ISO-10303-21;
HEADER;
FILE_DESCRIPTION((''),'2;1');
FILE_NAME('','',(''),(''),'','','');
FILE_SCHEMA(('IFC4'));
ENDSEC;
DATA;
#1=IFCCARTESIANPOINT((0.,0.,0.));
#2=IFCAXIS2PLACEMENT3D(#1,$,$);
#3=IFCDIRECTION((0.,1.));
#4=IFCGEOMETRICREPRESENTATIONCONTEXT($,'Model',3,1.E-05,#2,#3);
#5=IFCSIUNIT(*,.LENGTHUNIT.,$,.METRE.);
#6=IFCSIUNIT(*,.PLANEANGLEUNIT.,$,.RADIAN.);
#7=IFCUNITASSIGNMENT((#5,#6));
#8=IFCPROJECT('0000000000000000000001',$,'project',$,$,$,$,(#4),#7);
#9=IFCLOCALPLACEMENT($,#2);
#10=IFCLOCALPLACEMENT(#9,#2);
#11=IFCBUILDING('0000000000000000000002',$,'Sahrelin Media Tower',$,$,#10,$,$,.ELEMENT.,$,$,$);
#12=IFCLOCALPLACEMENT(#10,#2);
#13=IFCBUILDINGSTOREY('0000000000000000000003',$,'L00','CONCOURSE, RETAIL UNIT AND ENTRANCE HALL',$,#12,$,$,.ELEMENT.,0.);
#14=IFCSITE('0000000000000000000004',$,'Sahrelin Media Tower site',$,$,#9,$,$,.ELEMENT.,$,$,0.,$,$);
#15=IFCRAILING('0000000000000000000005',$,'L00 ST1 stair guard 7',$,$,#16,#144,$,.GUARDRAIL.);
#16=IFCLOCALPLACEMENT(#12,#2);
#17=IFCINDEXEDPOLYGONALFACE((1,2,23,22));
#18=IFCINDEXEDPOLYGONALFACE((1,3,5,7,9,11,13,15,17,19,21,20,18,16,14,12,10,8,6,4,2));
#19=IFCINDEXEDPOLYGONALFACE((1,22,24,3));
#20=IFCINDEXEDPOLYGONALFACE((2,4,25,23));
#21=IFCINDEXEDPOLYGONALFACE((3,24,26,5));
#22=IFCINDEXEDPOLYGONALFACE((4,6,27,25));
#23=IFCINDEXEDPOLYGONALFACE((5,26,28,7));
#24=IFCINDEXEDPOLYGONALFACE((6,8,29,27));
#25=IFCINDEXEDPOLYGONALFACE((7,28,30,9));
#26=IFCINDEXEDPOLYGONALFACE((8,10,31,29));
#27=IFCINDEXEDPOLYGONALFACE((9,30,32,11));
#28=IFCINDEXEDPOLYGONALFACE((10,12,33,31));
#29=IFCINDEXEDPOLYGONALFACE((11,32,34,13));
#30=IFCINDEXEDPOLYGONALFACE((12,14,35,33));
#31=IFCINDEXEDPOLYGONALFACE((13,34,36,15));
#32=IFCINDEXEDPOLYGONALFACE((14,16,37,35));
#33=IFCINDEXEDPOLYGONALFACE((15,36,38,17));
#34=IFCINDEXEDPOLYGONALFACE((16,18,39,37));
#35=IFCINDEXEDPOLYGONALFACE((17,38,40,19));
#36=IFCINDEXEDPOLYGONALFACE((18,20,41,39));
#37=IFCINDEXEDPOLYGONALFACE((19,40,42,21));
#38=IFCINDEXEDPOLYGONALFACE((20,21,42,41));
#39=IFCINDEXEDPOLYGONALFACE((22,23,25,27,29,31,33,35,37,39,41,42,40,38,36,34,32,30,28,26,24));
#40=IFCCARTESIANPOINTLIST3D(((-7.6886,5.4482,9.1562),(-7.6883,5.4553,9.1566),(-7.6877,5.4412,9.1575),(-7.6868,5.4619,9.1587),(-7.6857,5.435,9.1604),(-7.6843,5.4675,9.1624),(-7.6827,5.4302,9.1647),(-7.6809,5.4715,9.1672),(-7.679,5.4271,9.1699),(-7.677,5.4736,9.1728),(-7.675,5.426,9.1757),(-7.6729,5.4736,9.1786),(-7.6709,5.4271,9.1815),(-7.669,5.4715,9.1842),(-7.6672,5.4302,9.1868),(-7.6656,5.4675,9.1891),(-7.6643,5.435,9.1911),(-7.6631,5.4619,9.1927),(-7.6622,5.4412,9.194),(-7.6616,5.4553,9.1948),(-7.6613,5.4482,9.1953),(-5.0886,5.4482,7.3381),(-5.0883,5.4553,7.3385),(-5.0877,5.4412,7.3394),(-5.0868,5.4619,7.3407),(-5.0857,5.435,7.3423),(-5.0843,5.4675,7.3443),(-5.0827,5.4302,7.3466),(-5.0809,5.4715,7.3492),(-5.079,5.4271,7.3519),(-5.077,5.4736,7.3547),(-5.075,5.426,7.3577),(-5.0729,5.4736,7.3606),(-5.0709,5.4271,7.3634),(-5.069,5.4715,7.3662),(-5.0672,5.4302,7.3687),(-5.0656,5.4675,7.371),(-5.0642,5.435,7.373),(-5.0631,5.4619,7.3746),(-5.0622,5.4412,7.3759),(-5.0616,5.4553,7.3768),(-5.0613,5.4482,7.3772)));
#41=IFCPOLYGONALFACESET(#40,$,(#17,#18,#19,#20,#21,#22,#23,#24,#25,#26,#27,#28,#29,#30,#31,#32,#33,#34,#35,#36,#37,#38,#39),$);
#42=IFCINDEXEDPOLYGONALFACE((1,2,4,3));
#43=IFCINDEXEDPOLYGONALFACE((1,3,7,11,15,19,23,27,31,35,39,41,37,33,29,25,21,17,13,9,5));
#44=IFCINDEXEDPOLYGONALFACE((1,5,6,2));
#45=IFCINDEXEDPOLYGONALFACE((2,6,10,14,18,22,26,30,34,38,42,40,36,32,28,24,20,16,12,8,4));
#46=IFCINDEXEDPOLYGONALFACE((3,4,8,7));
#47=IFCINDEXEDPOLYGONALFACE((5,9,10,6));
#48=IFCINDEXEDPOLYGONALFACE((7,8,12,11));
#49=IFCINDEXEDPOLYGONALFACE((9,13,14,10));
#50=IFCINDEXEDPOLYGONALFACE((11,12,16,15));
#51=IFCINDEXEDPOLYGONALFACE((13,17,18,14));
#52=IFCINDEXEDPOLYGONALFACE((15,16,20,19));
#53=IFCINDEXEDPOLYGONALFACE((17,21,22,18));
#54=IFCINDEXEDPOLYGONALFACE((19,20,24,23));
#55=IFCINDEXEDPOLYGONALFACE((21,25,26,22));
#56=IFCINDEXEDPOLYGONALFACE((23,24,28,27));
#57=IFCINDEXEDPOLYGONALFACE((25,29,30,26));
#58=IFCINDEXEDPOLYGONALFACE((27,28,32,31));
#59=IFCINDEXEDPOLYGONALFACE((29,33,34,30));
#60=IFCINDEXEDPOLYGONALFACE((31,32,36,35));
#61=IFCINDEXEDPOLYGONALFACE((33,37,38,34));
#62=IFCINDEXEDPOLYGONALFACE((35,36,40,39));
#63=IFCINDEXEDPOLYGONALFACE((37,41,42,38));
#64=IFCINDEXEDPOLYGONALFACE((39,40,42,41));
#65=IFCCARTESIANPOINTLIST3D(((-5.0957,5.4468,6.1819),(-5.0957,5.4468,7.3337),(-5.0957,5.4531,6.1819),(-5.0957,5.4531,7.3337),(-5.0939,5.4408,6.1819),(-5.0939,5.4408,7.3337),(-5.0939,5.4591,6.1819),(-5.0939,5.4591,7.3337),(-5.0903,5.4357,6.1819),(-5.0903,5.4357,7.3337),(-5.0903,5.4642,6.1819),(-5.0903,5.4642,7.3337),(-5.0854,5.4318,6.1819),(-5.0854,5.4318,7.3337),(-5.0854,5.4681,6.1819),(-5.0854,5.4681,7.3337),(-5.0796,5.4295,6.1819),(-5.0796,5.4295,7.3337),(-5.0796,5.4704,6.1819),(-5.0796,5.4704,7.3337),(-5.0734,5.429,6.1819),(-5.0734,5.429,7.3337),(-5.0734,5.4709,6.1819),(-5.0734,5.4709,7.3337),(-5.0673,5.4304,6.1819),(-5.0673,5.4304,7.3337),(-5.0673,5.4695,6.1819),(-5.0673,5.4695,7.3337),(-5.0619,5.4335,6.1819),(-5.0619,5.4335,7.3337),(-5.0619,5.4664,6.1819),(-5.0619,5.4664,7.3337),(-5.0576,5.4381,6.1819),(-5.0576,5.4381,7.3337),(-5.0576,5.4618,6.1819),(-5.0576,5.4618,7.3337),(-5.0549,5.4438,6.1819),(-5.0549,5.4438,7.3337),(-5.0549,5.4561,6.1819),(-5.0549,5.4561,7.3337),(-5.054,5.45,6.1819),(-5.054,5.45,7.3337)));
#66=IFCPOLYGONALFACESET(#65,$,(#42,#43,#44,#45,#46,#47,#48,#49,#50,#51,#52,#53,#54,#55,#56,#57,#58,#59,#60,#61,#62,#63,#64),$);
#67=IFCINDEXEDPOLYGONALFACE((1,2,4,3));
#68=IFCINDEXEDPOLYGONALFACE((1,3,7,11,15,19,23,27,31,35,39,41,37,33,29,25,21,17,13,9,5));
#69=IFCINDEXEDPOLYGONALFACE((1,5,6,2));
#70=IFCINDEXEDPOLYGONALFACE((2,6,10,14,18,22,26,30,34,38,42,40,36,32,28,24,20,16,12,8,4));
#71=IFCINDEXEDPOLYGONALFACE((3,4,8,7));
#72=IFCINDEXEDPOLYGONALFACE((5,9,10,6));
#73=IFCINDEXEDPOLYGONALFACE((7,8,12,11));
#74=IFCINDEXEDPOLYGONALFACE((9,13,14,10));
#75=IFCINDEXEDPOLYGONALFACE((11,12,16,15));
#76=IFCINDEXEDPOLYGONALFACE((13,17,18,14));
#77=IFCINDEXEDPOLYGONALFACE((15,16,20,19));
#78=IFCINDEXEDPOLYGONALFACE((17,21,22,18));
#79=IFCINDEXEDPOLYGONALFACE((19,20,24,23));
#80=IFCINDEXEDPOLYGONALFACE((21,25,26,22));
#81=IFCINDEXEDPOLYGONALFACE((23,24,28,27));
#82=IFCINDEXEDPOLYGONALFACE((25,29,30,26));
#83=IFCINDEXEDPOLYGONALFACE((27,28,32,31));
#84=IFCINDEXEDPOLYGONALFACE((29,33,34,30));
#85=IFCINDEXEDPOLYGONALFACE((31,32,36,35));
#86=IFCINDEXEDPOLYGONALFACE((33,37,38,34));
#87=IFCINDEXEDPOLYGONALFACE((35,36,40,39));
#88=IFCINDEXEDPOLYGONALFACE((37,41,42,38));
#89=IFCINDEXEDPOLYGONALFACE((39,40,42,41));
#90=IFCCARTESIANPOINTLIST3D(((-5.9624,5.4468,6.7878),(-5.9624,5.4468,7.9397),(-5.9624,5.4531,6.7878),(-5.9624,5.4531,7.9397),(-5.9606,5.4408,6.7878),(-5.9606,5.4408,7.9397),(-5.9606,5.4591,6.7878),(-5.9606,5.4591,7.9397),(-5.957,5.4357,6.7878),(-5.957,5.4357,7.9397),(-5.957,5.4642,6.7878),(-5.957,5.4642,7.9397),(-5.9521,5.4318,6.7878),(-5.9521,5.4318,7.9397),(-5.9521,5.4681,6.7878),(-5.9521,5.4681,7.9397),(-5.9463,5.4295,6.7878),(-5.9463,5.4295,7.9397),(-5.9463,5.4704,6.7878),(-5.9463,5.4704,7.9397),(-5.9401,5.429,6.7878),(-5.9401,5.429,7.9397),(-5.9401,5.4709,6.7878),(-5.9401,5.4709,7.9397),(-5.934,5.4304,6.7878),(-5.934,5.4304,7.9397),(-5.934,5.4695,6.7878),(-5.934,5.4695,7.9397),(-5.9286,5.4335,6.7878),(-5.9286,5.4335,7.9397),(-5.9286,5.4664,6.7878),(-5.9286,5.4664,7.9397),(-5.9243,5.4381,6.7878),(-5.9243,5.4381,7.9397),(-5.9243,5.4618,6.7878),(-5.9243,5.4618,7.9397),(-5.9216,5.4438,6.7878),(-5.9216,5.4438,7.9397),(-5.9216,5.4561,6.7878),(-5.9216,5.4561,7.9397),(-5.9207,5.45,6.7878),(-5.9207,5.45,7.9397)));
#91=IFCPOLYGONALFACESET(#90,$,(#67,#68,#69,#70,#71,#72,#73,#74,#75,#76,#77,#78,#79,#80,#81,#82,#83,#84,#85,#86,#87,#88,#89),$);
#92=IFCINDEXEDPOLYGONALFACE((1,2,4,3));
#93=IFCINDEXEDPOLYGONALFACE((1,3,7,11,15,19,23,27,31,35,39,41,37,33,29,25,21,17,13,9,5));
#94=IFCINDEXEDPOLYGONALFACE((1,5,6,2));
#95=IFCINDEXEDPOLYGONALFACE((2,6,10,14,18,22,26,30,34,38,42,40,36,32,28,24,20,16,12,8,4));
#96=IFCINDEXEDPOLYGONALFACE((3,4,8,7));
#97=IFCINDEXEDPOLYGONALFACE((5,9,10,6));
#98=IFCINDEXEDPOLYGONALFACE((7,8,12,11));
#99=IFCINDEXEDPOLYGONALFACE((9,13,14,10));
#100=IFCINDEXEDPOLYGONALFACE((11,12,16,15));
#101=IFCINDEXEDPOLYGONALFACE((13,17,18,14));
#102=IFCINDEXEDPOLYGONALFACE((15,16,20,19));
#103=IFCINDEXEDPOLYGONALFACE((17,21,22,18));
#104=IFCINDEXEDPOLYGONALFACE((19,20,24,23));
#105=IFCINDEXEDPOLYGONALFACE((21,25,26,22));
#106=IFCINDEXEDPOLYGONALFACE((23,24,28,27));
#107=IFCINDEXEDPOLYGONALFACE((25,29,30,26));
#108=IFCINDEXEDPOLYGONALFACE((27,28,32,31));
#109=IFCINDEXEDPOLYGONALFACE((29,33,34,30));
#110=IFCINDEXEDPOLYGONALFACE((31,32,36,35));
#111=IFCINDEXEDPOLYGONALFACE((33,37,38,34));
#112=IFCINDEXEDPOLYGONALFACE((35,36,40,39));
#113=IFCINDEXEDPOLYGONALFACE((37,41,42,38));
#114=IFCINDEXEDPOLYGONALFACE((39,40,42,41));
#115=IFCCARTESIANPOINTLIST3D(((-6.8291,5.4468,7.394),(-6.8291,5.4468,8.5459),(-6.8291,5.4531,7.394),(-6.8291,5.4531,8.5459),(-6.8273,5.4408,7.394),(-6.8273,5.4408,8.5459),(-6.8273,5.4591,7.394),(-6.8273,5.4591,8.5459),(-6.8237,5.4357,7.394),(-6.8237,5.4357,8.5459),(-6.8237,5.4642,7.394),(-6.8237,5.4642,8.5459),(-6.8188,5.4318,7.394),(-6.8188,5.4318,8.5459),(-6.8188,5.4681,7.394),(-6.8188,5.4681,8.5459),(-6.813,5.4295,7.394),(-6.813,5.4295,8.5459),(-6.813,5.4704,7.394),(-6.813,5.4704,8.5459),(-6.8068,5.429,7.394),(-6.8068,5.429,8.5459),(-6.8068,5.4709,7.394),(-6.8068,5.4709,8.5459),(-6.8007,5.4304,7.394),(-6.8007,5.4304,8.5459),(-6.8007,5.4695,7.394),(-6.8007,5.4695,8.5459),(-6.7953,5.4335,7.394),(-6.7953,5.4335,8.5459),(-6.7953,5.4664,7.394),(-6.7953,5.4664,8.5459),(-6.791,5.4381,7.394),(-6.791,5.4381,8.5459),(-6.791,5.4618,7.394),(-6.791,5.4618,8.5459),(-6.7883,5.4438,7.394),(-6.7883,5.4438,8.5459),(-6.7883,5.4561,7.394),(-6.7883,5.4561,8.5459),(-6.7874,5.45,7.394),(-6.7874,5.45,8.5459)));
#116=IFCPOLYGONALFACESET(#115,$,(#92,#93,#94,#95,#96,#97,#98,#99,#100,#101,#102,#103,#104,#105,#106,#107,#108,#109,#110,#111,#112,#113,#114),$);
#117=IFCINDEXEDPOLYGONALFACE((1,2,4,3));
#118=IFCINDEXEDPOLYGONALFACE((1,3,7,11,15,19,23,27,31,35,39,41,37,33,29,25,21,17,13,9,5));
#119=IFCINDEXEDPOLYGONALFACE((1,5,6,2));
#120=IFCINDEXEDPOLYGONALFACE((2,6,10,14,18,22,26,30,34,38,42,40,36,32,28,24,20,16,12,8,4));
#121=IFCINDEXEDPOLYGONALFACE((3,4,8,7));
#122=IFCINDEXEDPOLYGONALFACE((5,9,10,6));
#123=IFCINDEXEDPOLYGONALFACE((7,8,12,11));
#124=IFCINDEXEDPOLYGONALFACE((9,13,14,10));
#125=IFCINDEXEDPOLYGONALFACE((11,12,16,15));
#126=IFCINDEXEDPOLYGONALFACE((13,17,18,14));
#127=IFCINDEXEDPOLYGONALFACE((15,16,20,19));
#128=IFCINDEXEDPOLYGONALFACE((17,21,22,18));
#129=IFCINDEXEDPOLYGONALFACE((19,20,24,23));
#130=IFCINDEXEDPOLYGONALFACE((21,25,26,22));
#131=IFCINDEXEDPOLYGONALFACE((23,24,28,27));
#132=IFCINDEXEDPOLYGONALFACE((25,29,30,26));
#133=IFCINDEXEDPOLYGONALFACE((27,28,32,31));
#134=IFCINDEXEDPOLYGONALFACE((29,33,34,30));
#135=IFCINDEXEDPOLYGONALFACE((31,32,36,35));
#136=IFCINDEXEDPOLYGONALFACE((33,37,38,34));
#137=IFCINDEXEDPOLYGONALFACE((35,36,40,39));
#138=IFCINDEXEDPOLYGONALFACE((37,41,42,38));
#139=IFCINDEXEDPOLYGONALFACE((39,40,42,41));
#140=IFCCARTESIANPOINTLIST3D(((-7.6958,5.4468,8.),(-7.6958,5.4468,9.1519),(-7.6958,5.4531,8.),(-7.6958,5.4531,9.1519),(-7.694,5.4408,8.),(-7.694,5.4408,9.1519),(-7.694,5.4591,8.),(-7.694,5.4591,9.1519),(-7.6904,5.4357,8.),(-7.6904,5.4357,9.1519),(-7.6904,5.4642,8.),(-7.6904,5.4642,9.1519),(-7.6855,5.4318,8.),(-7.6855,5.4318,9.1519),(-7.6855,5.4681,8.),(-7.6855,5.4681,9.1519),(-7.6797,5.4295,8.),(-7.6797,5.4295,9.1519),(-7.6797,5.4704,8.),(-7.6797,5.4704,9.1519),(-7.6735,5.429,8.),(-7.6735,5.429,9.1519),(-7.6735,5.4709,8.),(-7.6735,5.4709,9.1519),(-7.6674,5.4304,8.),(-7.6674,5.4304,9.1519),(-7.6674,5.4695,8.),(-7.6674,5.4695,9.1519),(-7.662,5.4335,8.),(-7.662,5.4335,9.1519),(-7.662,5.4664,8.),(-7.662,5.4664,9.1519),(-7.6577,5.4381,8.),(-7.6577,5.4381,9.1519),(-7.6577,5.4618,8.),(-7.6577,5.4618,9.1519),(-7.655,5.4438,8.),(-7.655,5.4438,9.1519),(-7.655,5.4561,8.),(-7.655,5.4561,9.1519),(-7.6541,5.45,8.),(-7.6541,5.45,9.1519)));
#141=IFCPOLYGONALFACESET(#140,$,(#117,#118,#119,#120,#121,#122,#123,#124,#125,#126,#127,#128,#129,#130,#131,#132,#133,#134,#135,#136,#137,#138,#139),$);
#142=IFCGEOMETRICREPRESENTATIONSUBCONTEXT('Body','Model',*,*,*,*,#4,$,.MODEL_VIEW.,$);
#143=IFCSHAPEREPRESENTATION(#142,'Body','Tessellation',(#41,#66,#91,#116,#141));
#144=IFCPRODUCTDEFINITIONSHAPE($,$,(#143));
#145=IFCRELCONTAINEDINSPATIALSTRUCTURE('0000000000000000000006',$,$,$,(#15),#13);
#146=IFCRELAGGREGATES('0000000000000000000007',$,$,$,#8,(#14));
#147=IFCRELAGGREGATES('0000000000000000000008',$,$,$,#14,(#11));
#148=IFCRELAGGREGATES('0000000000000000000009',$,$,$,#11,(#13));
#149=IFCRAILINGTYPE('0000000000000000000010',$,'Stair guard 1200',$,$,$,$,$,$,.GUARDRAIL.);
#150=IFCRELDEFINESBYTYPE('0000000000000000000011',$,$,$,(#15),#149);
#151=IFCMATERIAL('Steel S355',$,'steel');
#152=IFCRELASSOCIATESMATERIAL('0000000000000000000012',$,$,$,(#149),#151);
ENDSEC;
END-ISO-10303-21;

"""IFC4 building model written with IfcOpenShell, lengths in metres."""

from ifc_helpers import new_model, si_unit, direction, frame, origin, origin_2d, place, context, subcontext, project, spatial, circle, extrude, material, type_object, element, save


model = new_model("IFC4")

# Units and contexts
model_context = context("Model", 3, precision=1e-05, world=origin(), true_north=direction((0.0, 1.0)))
body_context = subcontext(model_context, "Body", "Model", "MODEL_VIEW")
ifc_project = project(units=[si_unit("LENGTHUNIT", "METRE"), si_unit("PLANEANGLEUNIT", "RADIAN")], contexts=[model_context])

# Site, building, storey
site_placement = place(None, origin())
site = spatial("IfcSite", under=ifc_project, at=site_placement, Name="Sahrelin Media Tower site", CompositionType="ELEMENT", RefElevation=0.0)
building_placement = place(site_placement, origin())
building = spatial("IfcBuilding", under=site, at=building_placement, Name="Sahrelin Media Tower", CompositionType="ELEMENT")
storey_placement = place(building_placement, origin())
storey = spatial("IfcBuildingStorey", under=building, at=storey_placement, Name="L00", Description="CONCOURSE, RETAIL UNIT AND ENTRANCE HALL", CompositionType="ELEMENT", Elevation=0.0)

# Shared definitions
ifc_material_1 = material(Name="Steel S355", Category="steel")

# Railing
railing_type_1 = type_object("IfcRailingType", Name="Stair guard 1200", PredefinedType="GUARDRAIL", material=ifc_material_1)
railing_placement = place(storey_placement, frame((-5.075, 5.45, 6.1819)))
element("IfcRailing", 1, at=railing_placement, inside=storey, type_object=railing_type_1, Name="L00 ST1 stair guard 7", PredefinedType="GUARDRAIL", context=body_context, shape_type="SweptSolid", body=[
    extrude(circle(Radius=0.0239, at=origin_2d()), frame((0.0, 0.0, 1.1758), z_axis=(-0.819521, 0.0, 0.573049), x_axis=(0.0, -1.0, 0.0)), (0.0, 0.0, 1.0), 3.1726),
    extrude(circle(Radius=0.021, at=origin_2d()), origin(), (0.0, 0.0, 1.0), 1.1519),
    extrude(circle(Radius=0.021, at=origin_2d()), frame((-0.8667, 0.0, 0.606)), (0.0, 0.0, 1.0), 1.1519),
    extrude(circle(Radius=0.021, at=origin_2d()), frame((-1.7334, 0.0, 1.2122)), (0.0, 0.0, 1.0), 1.1519),
    extrude(circle(Radius=0.021, at=origin_2d()), frame((-2.6001, 0.0, 1.8181)), (0.0, 0.0, 1.0), 1.1519),
])

save(model, "model.ifc")
